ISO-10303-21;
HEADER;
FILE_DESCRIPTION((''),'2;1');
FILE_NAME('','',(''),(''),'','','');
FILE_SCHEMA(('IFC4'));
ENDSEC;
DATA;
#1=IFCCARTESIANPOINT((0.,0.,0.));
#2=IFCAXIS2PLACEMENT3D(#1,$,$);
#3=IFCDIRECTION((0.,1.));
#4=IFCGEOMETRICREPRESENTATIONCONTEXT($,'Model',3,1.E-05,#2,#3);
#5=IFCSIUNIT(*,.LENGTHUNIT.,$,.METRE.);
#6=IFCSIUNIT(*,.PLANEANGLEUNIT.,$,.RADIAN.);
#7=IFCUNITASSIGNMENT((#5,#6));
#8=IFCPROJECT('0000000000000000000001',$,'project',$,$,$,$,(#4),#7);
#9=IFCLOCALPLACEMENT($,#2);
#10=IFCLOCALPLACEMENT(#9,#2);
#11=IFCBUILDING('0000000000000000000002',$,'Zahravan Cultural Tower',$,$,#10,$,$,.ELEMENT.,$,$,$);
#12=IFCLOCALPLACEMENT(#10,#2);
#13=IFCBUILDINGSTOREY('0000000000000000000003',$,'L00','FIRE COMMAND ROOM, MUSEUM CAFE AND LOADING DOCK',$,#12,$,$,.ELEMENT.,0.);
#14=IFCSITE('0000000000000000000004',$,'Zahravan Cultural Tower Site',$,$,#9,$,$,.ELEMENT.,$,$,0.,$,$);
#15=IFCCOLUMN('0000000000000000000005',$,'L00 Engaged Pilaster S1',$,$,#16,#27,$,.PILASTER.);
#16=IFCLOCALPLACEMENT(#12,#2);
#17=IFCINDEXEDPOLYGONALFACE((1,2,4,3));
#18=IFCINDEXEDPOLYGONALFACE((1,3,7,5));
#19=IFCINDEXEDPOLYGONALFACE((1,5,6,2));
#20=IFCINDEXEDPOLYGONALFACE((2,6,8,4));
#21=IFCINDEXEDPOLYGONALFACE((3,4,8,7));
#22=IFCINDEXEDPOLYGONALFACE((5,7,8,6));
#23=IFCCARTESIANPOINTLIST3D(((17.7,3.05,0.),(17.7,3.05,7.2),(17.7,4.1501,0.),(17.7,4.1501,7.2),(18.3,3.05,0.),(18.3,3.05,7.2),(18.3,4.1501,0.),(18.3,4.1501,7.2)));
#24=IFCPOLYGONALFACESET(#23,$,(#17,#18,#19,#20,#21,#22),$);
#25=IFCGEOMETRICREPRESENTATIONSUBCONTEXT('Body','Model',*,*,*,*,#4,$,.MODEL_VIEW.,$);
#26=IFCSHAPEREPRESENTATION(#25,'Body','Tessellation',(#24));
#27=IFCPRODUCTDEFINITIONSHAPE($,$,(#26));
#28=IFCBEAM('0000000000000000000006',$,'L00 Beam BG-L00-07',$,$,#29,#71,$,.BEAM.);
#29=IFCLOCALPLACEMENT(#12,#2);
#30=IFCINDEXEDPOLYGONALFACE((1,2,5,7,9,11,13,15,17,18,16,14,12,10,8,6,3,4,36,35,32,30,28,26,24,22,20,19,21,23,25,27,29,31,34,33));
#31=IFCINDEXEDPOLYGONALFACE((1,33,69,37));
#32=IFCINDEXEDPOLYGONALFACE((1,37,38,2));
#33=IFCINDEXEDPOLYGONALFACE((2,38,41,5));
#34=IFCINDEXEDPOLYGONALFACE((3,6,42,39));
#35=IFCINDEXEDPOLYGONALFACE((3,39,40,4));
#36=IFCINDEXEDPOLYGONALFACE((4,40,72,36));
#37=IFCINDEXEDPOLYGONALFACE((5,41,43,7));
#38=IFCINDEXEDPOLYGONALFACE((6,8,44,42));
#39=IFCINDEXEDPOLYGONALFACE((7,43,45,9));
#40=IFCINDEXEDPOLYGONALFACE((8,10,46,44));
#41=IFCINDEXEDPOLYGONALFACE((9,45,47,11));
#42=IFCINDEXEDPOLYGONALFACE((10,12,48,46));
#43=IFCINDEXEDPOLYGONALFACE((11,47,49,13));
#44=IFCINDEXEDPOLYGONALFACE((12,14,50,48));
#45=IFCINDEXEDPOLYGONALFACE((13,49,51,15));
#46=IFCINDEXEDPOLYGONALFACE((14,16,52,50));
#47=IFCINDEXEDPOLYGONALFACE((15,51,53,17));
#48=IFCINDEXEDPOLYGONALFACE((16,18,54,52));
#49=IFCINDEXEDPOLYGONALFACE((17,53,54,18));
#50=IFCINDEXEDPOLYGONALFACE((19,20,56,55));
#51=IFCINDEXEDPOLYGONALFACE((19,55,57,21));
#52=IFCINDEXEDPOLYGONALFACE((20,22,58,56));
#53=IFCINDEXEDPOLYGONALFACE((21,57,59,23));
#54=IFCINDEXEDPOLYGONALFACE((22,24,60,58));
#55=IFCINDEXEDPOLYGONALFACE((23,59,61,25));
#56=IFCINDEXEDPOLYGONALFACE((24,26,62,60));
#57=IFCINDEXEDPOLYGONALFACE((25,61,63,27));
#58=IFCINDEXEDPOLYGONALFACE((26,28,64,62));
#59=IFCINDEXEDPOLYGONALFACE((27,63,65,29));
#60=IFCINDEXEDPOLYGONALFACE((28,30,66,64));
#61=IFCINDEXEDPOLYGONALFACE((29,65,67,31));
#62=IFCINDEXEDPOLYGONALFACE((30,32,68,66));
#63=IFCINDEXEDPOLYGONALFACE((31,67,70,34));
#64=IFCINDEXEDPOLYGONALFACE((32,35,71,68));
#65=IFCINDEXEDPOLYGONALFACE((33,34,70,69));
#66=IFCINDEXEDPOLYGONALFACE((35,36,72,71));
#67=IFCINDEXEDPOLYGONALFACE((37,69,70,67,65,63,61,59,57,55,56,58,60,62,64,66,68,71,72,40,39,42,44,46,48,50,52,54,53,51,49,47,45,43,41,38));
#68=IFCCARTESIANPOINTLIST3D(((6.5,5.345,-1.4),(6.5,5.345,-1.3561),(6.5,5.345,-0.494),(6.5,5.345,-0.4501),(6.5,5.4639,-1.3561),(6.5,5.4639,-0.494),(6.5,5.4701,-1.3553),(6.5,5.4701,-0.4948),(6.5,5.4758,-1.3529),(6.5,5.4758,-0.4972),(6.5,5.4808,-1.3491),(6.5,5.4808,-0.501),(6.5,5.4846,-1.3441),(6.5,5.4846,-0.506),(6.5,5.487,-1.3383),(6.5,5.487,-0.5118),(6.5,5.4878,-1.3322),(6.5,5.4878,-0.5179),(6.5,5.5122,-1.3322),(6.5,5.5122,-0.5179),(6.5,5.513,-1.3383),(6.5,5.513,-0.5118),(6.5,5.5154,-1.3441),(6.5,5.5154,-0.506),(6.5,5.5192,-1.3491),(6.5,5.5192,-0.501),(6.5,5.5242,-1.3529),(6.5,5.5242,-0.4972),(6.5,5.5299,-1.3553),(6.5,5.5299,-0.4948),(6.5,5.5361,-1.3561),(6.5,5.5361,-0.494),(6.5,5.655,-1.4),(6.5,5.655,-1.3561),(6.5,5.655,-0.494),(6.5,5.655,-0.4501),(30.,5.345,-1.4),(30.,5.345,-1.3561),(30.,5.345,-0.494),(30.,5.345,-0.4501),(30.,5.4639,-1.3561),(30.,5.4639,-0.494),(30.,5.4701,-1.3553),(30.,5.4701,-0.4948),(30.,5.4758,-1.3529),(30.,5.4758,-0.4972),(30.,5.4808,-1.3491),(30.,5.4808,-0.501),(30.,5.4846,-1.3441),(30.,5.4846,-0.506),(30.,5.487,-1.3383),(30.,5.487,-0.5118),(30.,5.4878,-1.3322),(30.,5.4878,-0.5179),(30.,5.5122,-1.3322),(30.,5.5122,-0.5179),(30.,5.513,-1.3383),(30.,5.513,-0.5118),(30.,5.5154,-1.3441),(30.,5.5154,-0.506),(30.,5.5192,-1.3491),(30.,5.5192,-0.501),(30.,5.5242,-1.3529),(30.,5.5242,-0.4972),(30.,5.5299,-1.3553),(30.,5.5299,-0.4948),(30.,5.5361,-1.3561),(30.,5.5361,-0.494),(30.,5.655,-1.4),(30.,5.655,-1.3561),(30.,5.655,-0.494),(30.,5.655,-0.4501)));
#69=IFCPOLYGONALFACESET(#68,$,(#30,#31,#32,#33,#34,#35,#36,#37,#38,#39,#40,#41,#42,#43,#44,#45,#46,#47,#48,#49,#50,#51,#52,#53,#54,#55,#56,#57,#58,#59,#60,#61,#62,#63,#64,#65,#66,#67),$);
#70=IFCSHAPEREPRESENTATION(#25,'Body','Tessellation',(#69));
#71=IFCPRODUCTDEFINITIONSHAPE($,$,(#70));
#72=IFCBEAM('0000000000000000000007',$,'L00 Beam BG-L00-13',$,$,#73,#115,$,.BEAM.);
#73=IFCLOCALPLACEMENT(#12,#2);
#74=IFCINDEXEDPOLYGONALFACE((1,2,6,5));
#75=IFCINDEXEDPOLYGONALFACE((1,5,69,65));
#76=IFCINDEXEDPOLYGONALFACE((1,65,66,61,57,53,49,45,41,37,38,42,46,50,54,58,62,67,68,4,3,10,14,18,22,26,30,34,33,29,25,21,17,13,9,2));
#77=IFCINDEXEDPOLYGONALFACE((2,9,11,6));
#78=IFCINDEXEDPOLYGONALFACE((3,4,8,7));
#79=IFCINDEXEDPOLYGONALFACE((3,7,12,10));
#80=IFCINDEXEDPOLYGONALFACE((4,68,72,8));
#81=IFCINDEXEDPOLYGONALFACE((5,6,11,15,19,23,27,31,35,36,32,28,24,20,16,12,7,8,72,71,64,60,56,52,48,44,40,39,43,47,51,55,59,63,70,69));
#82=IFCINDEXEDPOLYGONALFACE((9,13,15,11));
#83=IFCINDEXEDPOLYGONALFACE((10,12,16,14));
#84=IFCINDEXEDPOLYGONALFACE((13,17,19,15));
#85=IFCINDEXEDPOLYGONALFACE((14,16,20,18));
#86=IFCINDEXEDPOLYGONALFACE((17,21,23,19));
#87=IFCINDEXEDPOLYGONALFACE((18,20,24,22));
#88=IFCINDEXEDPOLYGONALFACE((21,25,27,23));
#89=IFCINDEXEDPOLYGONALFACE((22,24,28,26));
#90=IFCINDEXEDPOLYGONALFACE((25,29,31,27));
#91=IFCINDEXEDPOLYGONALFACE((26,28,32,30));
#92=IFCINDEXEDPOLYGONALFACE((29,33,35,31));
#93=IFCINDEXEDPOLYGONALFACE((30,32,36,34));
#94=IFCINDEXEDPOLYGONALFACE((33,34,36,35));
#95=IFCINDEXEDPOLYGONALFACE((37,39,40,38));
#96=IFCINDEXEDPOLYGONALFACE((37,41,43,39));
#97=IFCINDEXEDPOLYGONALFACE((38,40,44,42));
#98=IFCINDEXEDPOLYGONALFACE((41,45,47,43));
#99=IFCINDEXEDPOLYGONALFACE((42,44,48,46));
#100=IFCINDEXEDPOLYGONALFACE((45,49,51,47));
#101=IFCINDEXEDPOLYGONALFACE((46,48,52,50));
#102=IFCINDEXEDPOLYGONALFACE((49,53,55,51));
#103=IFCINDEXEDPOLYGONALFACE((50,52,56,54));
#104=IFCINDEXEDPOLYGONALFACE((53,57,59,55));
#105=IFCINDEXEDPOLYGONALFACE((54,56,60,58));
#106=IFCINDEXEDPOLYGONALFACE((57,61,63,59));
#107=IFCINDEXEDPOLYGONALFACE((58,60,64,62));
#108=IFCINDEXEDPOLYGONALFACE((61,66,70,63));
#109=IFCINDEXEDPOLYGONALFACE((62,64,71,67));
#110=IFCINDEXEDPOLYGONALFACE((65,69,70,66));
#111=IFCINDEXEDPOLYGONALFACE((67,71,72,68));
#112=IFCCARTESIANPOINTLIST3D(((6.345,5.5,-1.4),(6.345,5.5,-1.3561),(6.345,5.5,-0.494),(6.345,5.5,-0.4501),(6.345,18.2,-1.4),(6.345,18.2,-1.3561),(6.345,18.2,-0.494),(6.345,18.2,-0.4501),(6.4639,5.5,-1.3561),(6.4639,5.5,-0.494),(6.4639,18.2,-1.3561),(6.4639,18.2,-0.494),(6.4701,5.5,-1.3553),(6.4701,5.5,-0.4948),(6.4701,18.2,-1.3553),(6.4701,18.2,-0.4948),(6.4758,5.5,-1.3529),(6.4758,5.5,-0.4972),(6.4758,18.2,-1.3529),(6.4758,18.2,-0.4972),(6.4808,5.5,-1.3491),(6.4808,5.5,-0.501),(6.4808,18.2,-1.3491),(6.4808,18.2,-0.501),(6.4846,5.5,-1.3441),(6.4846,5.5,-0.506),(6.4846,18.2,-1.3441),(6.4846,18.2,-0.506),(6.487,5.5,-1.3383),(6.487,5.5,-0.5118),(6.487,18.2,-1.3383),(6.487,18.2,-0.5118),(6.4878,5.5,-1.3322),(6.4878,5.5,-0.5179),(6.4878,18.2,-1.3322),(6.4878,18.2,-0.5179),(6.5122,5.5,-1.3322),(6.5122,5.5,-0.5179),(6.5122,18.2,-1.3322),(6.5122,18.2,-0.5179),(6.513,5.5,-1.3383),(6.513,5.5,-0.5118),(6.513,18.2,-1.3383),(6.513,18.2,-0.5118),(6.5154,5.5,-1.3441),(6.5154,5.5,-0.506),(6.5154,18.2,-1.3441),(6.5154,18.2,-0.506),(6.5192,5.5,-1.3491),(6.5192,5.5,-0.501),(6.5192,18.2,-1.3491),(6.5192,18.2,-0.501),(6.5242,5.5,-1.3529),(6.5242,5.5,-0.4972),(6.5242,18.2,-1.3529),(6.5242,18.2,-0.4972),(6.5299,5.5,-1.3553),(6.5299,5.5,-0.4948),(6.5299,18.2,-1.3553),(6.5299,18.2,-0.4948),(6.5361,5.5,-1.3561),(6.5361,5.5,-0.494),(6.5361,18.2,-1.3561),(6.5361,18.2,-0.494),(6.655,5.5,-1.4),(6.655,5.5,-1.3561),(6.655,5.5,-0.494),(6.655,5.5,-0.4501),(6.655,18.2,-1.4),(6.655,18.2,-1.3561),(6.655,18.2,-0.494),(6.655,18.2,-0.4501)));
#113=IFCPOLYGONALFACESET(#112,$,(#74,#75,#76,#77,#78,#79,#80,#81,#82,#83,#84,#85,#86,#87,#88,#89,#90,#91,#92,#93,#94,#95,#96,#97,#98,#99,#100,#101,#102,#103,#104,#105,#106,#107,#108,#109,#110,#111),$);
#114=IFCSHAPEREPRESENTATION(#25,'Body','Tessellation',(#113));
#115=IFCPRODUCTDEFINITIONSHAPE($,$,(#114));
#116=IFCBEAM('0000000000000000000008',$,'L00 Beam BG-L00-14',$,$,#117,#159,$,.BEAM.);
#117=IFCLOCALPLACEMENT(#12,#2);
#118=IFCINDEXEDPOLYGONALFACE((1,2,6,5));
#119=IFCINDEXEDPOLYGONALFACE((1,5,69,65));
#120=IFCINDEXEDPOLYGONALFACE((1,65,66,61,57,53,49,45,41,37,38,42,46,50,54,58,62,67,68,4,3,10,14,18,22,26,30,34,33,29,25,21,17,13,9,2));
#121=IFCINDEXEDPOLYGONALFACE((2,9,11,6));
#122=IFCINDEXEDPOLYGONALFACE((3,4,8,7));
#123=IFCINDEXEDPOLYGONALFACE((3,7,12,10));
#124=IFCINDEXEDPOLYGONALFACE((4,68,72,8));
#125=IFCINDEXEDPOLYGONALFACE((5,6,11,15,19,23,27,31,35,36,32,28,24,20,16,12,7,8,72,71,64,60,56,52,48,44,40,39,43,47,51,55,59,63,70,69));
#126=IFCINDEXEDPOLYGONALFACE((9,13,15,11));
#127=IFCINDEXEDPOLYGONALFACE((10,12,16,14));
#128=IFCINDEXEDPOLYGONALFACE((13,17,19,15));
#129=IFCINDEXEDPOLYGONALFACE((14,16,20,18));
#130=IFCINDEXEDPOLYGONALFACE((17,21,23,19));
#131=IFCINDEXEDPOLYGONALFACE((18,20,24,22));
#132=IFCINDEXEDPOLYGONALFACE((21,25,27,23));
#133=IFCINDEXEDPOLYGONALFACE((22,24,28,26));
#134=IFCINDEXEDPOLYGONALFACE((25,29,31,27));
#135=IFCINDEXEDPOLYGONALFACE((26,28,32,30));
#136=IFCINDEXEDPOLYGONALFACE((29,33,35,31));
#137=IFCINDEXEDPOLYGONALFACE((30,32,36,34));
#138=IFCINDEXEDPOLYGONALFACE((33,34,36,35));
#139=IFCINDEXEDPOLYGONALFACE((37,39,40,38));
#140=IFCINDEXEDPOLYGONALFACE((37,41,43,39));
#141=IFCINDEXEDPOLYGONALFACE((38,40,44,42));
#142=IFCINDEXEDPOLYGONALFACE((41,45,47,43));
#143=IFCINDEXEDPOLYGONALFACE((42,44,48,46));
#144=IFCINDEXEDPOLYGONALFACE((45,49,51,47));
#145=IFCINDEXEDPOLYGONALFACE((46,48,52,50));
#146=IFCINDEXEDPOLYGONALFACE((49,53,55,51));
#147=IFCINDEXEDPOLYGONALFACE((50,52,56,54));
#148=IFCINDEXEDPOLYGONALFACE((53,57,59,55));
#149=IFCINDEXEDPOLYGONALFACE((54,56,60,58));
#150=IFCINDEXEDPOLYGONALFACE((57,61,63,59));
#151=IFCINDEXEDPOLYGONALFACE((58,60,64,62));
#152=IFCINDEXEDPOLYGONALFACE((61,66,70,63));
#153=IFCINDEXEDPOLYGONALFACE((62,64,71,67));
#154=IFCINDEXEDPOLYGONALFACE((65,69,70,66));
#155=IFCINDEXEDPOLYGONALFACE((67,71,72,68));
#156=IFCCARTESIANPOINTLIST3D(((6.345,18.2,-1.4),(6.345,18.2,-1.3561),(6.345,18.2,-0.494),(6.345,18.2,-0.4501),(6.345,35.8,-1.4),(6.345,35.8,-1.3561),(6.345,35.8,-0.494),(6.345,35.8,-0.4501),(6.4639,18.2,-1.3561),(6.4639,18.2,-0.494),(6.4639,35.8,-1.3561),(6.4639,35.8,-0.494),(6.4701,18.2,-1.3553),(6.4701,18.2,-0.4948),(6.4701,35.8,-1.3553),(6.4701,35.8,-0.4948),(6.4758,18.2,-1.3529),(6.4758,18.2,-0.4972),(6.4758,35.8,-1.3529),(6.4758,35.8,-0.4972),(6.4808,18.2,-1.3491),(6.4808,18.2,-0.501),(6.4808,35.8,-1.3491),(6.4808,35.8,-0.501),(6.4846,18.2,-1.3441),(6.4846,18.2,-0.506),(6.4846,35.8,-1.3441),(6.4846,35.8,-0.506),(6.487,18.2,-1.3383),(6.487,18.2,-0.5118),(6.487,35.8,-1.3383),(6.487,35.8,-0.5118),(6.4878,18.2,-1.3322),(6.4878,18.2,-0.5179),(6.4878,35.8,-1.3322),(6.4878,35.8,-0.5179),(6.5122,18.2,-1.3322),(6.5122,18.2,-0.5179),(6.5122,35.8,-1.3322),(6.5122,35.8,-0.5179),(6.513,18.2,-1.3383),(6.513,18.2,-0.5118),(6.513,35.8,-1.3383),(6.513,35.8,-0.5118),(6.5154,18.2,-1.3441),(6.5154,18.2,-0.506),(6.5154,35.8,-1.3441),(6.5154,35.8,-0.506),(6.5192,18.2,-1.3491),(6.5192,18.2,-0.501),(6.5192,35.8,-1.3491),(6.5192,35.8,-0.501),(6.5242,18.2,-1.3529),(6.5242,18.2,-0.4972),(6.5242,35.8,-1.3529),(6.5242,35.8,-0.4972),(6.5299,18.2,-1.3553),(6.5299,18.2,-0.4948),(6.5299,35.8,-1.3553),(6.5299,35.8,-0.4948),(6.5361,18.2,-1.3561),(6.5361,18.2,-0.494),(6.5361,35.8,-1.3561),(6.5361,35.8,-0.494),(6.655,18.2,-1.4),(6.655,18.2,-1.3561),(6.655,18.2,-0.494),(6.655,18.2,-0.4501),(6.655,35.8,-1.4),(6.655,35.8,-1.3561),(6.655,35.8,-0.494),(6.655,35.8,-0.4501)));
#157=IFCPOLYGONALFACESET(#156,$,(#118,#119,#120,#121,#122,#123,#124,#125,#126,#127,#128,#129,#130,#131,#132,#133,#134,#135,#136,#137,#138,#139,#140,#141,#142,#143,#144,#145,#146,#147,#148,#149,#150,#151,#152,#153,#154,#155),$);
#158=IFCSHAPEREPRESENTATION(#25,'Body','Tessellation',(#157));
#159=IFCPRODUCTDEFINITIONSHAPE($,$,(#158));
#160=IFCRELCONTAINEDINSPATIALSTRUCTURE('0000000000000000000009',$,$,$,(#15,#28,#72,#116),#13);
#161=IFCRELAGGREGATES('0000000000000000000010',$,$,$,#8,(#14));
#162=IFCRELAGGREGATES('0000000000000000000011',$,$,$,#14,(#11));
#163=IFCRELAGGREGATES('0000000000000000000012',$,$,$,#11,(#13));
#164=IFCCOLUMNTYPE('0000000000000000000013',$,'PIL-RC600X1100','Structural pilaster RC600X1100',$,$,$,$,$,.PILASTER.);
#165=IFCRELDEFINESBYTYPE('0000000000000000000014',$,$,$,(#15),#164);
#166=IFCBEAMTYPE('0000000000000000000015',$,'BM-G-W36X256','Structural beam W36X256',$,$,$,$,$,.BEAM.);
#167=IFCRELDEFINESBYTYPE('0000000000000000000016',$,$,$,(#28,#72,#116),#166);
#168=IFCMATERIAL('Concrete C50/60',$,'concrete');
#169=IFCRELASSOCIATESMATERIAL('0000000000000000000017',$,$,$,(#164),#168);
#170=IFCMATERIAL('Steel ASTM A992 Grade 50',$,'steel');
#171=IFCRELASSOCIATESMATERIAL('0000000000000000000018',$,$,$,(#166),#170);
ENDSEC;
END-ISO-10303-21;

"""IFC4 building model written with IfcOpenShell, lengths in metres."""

from ifc_helpers import new_model, si_unit, direction, frame, origin, origin_2d, place, context, subcontext, project, spatial, rectangle, i_section, extrude, source, transform, mapped, material, material_profile, profile_set, type_object, element, save


model = new_model("IFC4")

# Units and contexts
model_context = context("Model", 3, precision=1e-05, world=origin(), true_north=direction((0.0, 1.0)))
body_context = subcontext(model_context, "Body", "Model", "MODEL_VIEW")
ifc_project = project(units=[si_unit("LENGTHUNIT", "METRE"), si_unit("PLANEANGLEUNIT", "RADIAN")], contexts=[model_context])

# Site, building, storey
site_placement = place(None, origin())
site = spatial("IfcSite", under=ifc_project, at=site_placement, Name="Zahravan Cultural Tower Site", CompositionType="ELEMENT", RefElevation=0.0)
building_placement = place(site_placement, origin())
building = spatial("IfcBuilding", under=site, at=building_placement, Name="Zahravan Cultural Tower", CompositionType="ELEMENT")
storey_placement = place(building_placement, origin())
storey = spatial("IfcBuildingStorey", under=building, at=storey_placement, Name="L00", Description="FIRE COMMAND ROOM, MUSEUM CAFE AND LOADING DOCK", CompositionType="ELEMENT", Elevation=0.0)

# Column
ifc_material_1 = material(Name="Concrete C50/60", Category="concrete")
ifc_material_profile_1 = material_profile(ifc_material_1, rectangle(XDim=0.6001, YDim=1.1001, at=origin_2d()), Name="RC600X1100")
ifc_profile_set_1 = profile_set([ifc_material_profile_1], Name="Concrete C50/60")
column_type_1 = type_object("IfcColumnType", Name="PIL-RC600X1100", Description="Structural pilaster RC600X1100", PredefinedType="PILASTER", material=ifc_profile_set_1)
shared_shape_1 = source(origin(), body_context, "Body", "SweptSolid", [
    extrude(rectangle(XDim=0.6001, YDim=1.1001, at=origin_2d()), origin(), (0.0, 0.0, 1.0), 7.2),
])
column_placement = place(storey_placement, frame((18.0, 3.6001, 0.0), z_axis=(0.0, 0.0, 1.0), x_axis=(1.0, 0.0, 0.0)))
element("IfcColumn", 1, at=column_placement, inside=storey, type_object=column_type_1, Name="L00 Engaged Pilaster S1", PredefinedType="PILASTER", context=body_context, shape_type="MappedRepresentation", body=[
    mapped(shared_shape_1, transform((0.0, 0.0, 0.0), x_axis=(1.0, 0.0, 0.0), y_axis=(0.0, 1.0, 0.0), z_axis=(0.0, 0.0, 1.0), scale=1.0)),
])

# Beams
ifc_material_2 = material(Name="Steel ASTM A992 Grade 50", Category="steel")
ifc_material_profile_2 = material_profile(ifc_material_2, i_section(OverallWidth=0.3101, OverallDepth=0.95, WebThickness=0.0244, FlangeThickness=0.0439, FilletRadius=0.0239, at=origin_2d()), Name="W36X256")
ifc_profile_set_2 = profile_set([ifc_material_profile_2], Name="Steel ASTM A992 Grade 50")
beam_type_1 = type_object("IfcBeamType", Name="BM-G-W36X256", Description="Structural beam W36X256", PredefinedType="BEAM", material=ifc_profile_set_2)
shared_shape_2 = source(origin(), body_context, "Body", "SweptSolid", [
    extrude(i_section(OverallWidth=0.3101, OverallDepth=0.95, WebThickness=0.0244, FlangeThickness=0.0439, FilletRadius=0.0239, at=origin_2d()), origin(), (0.0, 0.0, 1.0), 23.5),
])
beam_1_placement = place(storey_placement, frame((6.5, 5.5, -0.925), z_axis=(1.0, 0.0, 0.0), x_axis=(0.0, 1.0, 0.0)))
element("IfcBeam", 2, at=beam_1_placement, inside=storey, type_object=beam_type_1, Name="L00 Beam BG-L00-07", PredefinedType="BEAM", context=body_context, shape_type="MappedRepresentation", body=[
    mapped(shared_shape_2, transform((0.0, 0.0, 0.0), x_axis=(1.0, 0.0, 0.0), y_axis=(0.0, 1.0, 0.0), z_axis=(0.0, 0.0, 1.0), scale=1.0)),
])
shared_shape_3 = source(origin(), body_context, "Body", "SweptSolid", [
    extrude(i_section(OverallWidth=0.3101, OverallDepth=0.95, WebThickness=0.0244, FlangeThickness=0.0439, FilletRadius=0.0239, at=origin_2d()), origin(), (0.0, 0.0, 1.0), 12.7),
])
beam_2_placement = place(storey_placement, frame((6.5, 5.5, -0.925), z_axis=(0.0, 1.0, 0.0), x_axis=(-1.0, 0.0, 0.0)))
element("IfcBeam", 3, at=beam_2_placement, inside=storey, type_object=beam_type_1, Name="L00 Beam BG-L00-13", PredefinedType="BEAM", context=body_context, shape_type="MappedRepresentation", body=[
    mapped(shared_shape_3, transform((0.0, 0.0, 0.0), x_axis=(1.0, 0.0, 0.0), y_axis=(0.0, 1.0, 0.0), z_axis=(0.0, 0.0, 1.0), scale=1.0)),
])
shared_shape_4 = source(origin(), body_context, "Body", "SweptSolid", [
    extrude(i_section(OverallWidth=0.3101, OverallDepth=0.95, WebThickness=0.0244, FlangeThickness=0.0439, FilletRadius=0.0239, at=origin_2d()), origin(), (0.0, 0.0, 1.0), 17.6001),
])
beam_3_placement = place(storey_placement, frame((6.5, 18.2, -0.925), z_axis=(0.0, 1.0, 0.0), x_axis=(-1.0, 0.0, 0.0)))
element("IfcBeam", 4, at=beam_3_placement, inside=storey, type_object=beam_type_1, Name="L00 Beam BG-L00-14", PredefinedType="BEAM", context=body_context, shape_type="MappedRepresentation", body=[
    mapped(shared_shape_4, transform((0.0, 0.0, 0.0), x_axis=(1.0, 0.0, 0.0), y_axis=(0.0, 1.0, 0.0), z_axis=(0.0, 0.0, 1.0), scale=1.0)),
])

save(model, "model.ifc")
